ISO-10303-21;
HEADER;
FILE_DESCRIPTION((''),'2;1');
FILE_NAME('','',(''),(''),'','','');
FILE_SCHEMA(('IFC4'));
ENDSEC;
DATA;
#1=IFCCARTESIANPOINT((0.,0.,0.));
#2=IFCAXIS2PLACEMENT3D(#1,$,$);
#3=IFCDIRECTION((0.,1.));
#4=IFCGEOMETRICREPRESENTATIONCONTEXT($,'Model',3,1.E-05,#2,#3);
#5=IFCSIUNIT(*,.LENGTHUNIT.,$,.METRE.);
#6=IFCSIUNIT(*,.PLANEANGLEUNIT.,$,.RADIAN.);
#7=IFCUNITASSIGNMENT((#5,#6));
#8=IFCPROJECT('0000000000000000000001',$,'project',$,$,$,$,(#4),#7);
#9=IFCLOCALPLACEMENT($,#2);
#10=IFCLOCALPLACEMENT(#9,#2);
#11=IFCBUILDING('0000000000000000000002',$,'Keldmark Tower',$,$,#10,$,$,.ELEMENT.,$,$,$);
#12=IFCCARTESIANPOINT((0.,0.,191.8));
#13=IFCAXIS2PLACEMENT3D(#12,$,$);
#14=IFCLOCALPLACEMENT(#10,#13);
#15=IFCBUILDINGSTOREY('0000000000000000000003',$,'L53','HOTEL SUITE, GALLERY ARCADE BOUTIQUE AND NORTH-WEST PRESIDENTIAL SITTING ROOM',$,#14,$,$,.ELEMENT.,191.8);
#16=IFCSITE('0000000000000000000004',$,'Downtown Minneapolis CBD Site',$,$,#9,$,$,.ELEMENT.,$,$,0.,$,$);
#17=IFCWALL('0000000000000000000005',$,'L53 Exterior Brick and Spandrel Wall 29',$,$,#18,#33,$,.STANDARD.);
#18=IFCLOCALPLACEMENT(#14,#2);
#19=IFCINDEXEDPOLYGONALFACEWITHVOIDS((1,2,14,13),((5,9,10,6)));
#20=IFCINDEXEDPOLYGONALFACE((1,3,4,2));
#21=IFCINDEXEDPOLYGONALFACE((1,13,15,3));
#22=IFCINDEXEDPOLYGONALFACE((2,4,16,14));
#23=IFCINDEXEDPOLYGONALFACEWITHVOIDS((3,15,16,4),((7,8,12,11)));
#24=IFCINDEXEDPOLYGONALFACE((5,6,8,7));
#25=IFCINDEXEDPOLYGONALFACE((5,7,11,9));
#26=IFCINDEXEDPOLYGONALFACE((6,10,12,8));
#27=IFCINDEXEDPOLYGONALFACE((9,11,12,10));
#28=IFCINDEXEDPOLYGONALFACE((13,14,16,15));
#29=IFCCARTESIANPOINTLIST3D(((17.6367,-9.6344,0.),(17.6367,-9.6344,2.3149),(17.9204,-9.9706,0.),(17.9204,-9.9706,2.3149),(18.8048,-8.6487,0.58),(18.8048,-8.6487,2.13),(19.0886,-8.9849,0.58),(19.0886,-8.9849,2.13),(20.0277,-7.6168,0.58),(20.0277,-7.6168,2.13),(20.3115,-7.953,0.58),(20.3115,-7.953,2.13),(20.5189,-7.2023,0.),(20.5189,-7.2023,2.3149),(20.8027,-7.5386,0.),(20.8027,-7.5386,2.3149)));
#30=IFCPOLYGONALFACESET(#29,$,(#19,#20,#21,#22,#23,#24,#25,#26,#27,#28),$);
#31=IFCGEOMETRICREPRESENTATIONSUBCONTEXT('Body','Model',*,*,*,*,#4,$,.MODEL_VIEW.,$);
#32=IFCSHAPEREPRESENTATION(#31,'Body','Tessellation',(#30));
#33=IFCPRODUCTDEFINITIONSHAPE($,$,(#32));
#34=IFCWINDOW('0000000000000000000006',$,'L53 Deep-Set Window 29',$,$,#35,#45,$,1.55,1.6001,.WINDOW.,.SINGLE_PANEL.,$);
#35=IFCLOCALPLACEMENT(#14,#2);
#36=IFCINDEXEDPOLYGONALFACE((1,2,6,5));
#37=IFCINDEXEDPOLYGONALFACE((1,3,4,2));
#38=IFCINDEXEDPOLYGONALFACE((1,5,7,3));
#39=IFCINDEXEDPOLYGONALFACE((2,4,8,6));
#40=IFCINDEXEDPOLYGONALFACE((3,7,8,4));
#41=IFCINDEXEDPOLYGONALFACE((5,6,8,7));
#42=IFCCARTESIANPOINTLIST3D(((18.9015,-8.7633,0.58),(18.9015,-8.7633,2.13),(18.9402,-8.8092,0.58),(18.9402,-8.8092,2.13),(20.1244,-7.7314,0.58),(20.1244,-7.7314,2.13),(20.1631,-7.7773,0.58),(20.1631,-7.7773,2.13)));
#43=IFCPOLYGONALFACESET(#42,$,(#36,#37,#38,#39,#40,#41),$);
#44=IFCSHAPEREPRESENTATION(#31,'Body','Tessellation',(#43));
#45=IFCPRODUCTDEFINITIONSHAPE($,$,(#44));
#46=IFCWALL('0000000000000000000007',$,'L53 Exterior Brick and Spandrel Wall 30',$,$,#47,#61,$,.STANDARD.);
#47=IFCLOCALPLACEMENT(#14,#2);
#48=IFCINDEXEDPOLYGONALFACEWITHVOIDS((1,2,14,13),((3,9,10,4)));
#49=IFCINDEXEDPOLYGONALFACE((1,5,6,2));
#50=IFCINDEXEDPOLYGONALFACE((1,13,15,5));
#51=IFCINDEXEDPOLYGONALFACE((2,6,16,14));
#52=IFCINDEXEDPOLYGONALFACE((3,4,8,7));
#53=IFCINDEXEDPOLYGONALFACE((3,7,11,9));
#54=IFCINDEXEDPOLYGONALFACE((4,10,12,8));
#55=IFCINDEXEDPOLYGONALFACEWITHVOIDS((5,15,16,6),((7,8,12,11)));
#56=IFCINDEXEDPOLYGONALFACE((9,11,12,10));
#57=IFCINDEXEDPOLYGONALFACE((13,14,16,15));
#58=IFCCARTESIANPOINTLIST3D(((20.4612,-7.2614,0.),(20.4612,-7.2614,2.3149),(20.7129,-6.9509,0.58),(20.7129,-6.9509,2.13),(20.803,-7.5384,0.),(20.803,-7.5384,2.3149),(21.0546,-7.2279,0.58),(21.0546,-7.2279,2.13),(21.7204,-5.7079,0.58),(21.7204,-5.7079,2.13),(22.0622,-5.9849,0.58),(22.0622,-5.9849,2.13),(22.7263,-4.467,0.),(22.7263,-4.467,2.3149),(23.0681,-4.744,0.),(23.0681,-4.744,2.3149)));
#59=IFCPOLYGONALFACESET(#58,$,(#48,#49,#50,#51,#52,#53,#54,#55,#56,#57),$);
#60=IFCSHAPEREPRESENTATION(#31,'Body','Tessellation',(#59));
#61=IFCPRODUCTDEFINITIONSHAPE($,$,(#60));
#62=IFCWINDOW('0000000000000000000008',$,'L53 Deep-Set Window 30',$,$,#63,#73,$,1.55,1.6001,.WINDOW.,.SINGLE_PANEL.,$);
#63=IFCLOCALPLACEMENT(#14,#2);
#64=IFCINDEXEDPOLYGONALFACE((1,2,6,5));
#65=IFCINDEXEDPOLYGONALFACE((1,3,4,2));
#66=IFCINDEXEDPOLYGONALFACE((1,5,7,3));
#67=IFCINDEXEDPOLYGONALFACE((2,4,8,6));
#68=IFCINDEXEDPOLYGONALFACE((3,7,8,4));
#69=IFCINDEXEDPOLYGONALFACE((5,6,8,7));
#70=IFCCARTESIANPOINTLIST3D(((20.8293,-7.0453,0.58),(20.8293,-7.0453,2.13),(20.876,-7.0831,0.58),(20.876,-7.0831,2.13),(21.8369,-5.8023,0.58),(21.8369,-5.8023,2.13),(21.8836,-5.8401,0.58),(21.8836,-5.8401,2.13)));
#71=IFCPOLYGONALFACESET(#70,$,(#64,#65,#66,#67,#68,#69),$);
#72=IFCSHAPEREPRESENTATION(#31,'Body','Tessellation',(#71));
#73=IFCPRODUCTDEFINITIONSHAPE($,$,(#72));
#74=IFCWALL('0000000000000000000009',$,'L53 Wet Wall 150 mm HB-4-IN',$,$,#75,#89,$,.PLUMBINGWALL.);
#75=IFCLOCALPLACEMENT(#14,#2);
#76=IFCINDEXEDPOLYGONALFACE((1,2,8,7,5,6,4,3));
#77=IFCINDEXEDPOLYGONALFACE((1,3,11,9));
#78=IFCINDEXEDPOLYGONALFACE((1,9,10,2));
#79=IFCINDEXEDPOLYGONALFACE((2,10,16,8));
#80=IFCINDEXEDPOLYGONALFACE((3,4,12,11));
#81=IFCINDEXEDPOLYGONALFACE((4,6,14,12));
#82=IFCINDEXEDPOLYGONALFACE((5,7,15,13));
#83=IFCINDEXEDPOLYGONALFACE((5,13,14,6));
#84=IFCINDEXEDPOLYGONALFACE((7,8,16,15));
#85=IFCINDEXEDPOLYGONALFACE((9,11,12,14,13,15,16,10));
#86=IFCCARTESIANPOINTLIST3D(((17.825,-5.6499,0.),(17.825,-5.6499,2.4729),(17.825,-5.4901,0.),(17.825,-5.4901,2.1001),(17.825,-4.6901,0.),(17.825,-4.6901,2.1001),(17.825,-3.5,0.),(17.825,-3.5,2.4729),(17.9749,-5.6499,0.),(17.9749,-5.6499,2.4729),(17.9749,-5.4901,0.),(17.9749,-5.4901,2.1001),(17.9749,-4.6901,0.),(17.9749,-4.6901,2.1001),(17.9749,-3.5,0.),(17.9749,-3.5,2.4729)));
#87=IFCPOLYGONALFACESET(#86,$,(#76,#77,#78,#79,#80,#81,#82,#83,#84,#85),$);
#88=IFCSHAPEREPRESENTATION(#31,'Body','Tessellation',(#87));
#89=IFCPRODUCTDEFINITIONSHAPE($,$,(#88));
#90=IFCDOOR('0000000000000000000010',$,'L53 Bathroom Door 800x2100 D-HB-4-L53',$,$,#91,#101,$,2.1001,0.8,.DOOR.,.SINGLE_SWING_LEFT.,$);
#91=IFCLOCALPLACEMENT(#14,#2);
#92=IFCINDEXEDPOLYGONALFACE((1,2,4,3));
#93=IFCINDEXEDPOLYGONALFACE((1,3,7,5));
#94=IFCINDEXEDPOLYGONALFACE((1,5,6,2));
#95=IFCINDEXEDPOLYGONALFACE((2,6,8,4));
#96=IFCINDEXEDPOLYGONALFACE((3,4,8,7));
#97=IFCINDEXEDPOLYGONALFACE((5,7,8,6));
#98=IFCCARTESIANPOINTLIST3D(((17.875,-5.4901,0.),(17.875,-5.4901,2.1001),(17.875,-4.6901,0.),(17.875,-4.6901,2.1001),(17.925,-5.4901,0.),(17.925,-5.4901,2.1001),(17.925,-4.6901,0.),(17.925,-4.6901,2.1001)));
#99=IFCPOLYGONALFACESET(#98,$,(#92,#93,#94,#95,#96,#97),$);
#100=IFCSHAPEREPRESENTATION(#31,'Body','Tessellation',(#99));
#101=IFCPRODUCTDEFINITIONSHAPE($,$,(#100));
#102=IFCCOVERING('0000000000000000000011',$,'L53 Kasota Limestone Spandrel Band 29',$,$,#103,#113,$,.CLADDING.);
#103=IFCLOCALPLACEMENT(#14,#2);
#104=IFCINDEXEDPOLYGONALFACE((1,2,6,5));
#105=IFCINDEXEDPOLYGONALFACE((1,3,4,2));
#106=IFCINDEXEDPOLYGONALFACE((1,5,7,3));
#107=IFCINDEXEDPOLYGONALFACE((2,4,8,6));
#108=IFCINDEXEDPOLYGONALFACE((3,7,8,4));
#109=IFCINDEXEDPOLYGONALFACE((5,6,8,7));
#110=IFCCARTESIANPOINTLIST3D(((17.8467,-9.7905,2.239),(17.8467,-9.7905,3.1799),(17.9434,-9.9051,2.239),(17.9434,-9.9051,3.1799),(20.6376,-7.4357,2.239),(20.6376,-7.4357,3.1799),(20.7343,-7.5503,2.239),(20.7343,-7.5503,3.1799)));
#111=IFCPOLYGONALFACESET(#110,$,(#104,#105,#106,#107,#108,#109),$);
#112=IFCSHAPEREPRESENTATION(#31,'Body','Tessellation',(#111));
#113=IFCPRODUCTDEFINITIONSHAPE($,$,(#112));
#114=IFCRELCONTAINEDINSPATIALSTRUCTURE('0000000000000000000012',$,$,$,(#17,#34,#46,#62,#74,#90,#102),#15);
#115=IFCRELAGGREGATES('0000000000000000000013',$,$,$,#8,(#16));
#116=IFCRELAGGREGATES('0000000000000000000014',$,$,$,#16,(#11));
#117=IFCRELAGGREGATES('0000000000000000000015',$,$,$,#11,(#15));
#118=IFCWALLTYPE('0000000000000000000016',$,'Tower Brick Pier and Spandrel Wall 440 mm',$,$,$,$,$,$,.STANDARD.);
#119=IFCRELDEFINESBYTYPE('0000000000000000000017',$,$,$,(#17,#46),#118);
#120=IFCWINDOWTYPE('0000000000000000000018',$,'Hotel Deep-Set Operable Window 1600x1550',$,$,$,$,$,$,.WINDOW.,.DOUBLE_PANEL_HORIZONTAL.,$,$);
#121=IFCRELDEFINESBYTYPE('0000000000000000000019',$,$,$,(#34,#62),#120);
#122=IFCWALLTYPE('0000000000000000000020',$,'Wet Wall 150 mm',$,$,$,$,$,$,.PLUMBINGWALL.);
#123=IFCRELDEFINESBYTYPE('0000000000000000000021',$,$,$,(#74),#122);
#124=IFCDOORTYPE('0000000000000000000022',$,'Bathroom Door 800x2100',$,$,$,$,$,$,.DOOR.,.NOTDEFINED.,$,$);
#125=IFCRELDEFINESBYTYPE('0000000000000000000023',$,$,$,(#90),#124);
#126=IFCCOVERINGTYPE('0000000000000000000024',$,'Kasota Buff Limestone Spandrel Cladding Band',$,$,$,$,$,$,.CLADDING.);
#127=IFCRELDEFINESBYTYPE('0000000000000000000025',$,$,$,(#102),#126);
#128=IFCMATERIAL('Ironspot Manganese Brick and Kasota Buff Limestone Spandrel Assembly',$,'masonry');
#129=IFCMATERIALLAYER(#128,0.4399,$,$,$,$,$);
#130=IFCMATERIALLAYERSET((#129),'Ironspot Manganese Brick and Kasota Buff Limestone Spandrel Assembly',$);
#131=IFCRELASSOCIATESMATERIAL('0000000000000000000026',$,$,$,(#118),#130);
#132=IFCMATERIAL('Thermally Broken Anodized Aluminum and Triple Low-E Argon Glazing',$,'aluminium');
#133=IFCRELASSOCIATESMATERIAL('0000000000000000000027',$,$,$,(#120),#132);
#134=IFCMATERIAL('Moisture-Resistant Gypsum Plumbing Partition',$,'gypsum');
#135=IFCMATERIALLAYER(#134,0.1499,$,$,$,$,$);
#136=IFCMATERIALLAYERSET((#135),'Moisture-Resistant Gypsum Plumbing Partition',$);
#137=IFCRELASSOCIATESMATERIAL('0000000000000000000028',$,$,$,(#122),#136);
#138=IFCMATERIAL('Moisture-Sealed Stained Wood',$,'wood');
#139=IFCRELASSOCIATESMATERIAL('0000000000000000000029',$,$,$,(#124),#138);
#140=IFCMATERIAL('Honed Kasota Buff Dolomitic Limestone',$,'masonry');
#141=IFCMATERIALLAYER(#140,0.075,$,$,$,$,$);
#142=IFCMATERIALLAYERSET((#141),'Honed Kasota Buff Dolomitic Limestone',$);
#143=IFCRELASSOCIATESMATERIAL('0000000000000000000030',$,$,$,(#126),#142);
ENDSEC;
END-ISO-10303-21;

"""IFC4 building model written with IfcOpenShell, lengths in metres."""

from ifc_helpers import new_model, si_unit, direction, frame, frame_2d, origin, origin_2d, place, context, subcontext, project, spatial, rectangle, extrude, material, layer, layer_set, type_object, element, fill, save


model = new_model("IFC4")

# Units and contexts
model_context = context("Model", 3, precision=1e-05, world=origin(), true_north=direction((0.0, 1.0)))
body_context = subcontext(model_context, "Body", "Model", "MODEL_VIEW")
ifc_project = project(units=[si_unit("LENGTHUNIT", "METRE"), si_unit("PLANEANGLEUNIT", "RADIAN")], contexts=[model_context])

# Site, building, storey
site_placement = place(None, origin())
site = spatial("IfcSite", under=ifc_project, at=site_placement, Name="Downtown Minneapolis CBD Site", CompositionType="ELEMENT", RefElevation=0.0)
building_placement = place(site_placement, origin())
building = spatial("IfcBuilding", under=site, at=building_placement, Name="Keldmark Tower", CompositionType="ELEMENT")
storey_placement = place(building_placement, frame((0.0, 0.0, 191.8)))
storey = spatial("IfcBuildingStorey", under=building, at=storey_placement, Name="L53", Description="HOTEL SUITE, GALLERY ARCADE BOUTIQUE AND NORTH-WEST PRESIDENTIAL SITTING ROOM", CompositionType="ELEMENT", Elevation=191.8)

# Walls, openings, windows
ifc_material_1 = material(Name="Ironspot Manganese Brick and Kasota Buff Limestone Spandrel Assembly", Category="masonry")
ifc_layer_1 = layer(ifc_material_1, 0.4399)
ifc_layer_set_1 = layer_set([ifc_layer_1], Name="Ironspot Manganese Brick and Kasota Buff Limestone Spandrel Assembly")
wall_type_1 = type_object("IfcWallType", Name="Tower Brick Pier and Spandrel Wall 440 mm", PredefinedType="STANDARD", material=ifc_layer_set_1)
wall_1_placement = place(storey_placement, frame((20.6609, -7.3704, 0.0), z_axis=(0.0, 0.0, 1.0), x_axis=(-0.76427, -0.644897, 0.0)))
wall_1 = element("IfcWall", 1, at=wall_1_placement, inside=storey, type_object=wall_type_1, Name="L53 Exterior Brick and Spandrel Wall 29", PredefinedType="STANDARD", context=body_context, shape_type="SweptSolid", body=[
    extrude(rectangle(XDim=3.7712, YDim=0.4399, at=frame_2d((1.8857, 0.0))), origin(), (0.0, 0.0, 1.0), 2.3149),
])
opening_1_placement = place(wall_1_placement, frame((0.6428, 0.0, 0.5801)))
opening_1 = element("IfcOpeningElement", 2, at=opening_1_placement, cuts=wall_1, PredefinedType="OPENING", context=body_context, shape_type="SweptSolid", body=[
    extrude(rectangle(XDim=1.6001, YDim=1.55, at=frame_2d((0.8, 0.7749))), frame((0.0, 0.23, 0.0), z_axis=(0.0, -1.0, 0.0), x_axis=(1.0, 0.0, 0.0)), (0.0, 0.0, 1.0), 0.46),
])
ifc_material_2 = material(Name="Thermally Broken Anodized Aluminum and Triple Low-E Argon Glazing", Category="aluminium")
window_type = type_object("IfcWindowType", Name="Hotel Deep-Set Operable Window 1600x1550", PartitioningType="DOUBLE_PANEL_HORIZONTAL", PredefinedType="WINDOW", material=ifc_material_2)
window_1_placement = place(opening_1_placement, origin())
window_1 = element("IfcWindow", 3, at=window_1_placement, inside=storey, type_object=window_type, Name="L53 Deep-Set Window 29", OverallHeight=1.55, OverallWidth=1.6001, PartitioningType="SINGLE_PANEL", PredefinedType="WINDOW", context=body_context, shape_type="SweptSolid", body=[
    extrude(rectangle(XDim=1.6001, YDim=1.55, at=frame_2d((0.8, 0.7749))), frame((0.0, -0.01, 0.0), z_axis=(0.0, -1.0, 0.0), x_axis=(1.0, 0.0, 0.0)), (0.0, 0.0, 1.0), 0.0601),
])
fill(opening_1, window_1)
wall_2_placement = place(storey_placement, frame((22.8972, -4.6055, 0.0), z_axis=(0.0, 0.0, 1.0), x_axis=(-0.629698, -0.77684, 0.0)))
wall_2 = element("IfcWall", 4, at=wall_2_placement, inside=storey, type_object=wall_type_1, Name="L53 Exterior Brick and Spandrel Wall 30", PredefinedType="STANDARD", context=body_context, shape_type="SweptSolid", body=[
    extrude(rectangle(XDim=3.5972, YDim=0.4399, at=frame_2d((1.7986, 0.0))), origin(), (0.0, 0.0, 1.0), 2.3149),
])
opening_2_placement = place(wall_2_placement, frame((1.5974, 0.0, 0.5801)))
opening_2 = element("IfcOpeningElement", 5, at=opening_2_placement, cuts=wall_2, PredefinedType="OPENING", context=body_context, shape_type="SweptSolid", body=[
    extrude(rectangle(XDim=1.6001, YDim=1.55, at=frame_2d((0.8, 0.7749))), frame((0.0, 0.23, 0.0), z_axis=(0.0, -1.0, 0.0), x_axis=(1.0, 0.0, 0.0)), (0.0, 0.0, 1.0), 0.46),
])
window_2_placement = place(opening_2_placement, origin())
window_2 = element("IfcWindow", 6, at=window_2_placement, inside=storey, type_object=window_type, Name="L53 Deep-Set Window 30", OverallHeight=1.55, OverallWidth=1.6001, PartitioningType="SINGLE_PANEL", PredefinedType="WINDOW", context=body_context, shape_type="SweptSolid", body=[
    extrude(rectangle(XDim=1.6001, YDim=1.55, at=frame_2d((0.8, 0.7749))), frame((0.0, -0.01, 0.0), z_axis=(0.0, -1.0, 0.0), x_axis=(1.0, 0.0, 0.0)), (0.0, 0.0, 1.0), 0.0601),
])
fill(opening_2, window_2)

# Wall, opening, door
ifc_material_3 = material(Name="Moisture-Resistant Gypsum Plumbing Partition", Category="gypsum")
ifc_layer_2 = layer(ifc_material_3, 0.1499)
ifc_layer_set_2 = layer_set([ifc_layer_2], Name="Moisture-Resistant Gypsum Plumbing Partition")
wall_type_2 = type_object("IfcWallType", Name="Wet Wall 150 mm", PredefinedType="PLUMBINGWALL", material=ifc_layer_set_2)
wall_3_placement = place(storey_placement, frame((17.8999, -5.6499, 0.0), z_axis=(0.0, 0.0, 1.0), x_axis=(0.0, 1.0, 0.0)))
wall_3 = element("IfcWall", 7, at=wall_3_placement, inside=storey, type_object=wall_type_2, Name="L53 Wet Wall 150 mm HB-4-IN", PredefinedType="PLUMBINGWALL", context=body_context, shape_type="SweptSolid", body=[
    extrude(rectangle(XDim=2.1499, YDim=0.1499, at=frame_2d((1.075, 0.0))), origin(), (0.0, 0.0, 1.0), 2.4729),
])
opening_3_placement = place(wall_3_placement, frame((0.1599, 0.0, 0.0)))
opening_3 = element("IfcOpeningElement", 8, at=opening_3_placement, cuts=wall_3, PredefinedType="OPENING", context=body_context, shape_type="SweptSolid", body=[
    extrude(rectangle(XDim=0.8, YDim=2.1001, at=frame_2d((0.3999, 1.05))), frame((0.0, 0.085, 0.0), z_axis=(0.0, -1.0, 0.0), x_axis=(1.0, 0.0, 0.0)), (0.0, 0.0, 1.0), 0.1699),
])
ifc_material_4 = material(Name="Moisture-Sealed Stained Wood", Category="wood")
door_type = type_object("IfcDoorType", Name="Bathroom Door 800x2100", OperationType="NOTDEFINED", PredefinedType="DOOR", material=ifc_material_4)
door_placement = place(opening_3_placement, origin())
door = element("IfcDoor", 9, at=door_placement, inside=storey, type_object=door_type, Name="L53 Bathroom Door 800x2100 D-HB-4-L53", OperationType="SINGLE_SWING_LEFT", OverallHeight=2.1001, OverallWidth=0.8, PredefinedType="DOOR", context=body_context, shape_type="SweptSolid", body=[
    extrude(rectangle(XDim=0.8, YDim=2.1001, at=frame_2d((0.3999, 1.05))), frame((0.0, 0.0249, 0.0), z_axis=(0.0, -1.0, 0.0), x_axis=(1.0, 0.0, 0.0)), (0.0, 0.0, 1.0), 0.05),
])
fill(opening_3, door)

# Covering
ifc_material_5 = material(Name="Honed Kasota Buff Dolomitic Limestone", Category="masonry")
ifc_layer_3 = layer(ifc_material_5, 0.075)
ifc_layer_set_3 = layer_set([ifc_layer_3], Name="Honed Kasota Buff Dolomitic Limestone")
covering_type = type_object("IfcCoveringType", Name="Kasota Buff Limestone Spandrel Cladding Band", PredefinedType="CLADDING", material=ifc_layer_set_3)
covering_placement = place(storey_placement, frame((19.2905, -8.6704, 2.239), z_axis=(0.0, 0.0, 1.0), x_axis=(0.764291, 0.644871, 0.0)))
element("IfcCovering", 10, at=covering_placement, inside=storey, type_object=covering_type, Name="L53 Kasota Limestone Spandrel Band 29", PredefinedType="CLADDING", context=body_context, shape_type="SweptSolid", body=[
    extrude(rectangle(XDim=3.6516, YDim=0.1499, at=origin_2d()), origin(), (0.0, 0.0, 1.0), 0.9409),
])

save(model, "model.ifc")
